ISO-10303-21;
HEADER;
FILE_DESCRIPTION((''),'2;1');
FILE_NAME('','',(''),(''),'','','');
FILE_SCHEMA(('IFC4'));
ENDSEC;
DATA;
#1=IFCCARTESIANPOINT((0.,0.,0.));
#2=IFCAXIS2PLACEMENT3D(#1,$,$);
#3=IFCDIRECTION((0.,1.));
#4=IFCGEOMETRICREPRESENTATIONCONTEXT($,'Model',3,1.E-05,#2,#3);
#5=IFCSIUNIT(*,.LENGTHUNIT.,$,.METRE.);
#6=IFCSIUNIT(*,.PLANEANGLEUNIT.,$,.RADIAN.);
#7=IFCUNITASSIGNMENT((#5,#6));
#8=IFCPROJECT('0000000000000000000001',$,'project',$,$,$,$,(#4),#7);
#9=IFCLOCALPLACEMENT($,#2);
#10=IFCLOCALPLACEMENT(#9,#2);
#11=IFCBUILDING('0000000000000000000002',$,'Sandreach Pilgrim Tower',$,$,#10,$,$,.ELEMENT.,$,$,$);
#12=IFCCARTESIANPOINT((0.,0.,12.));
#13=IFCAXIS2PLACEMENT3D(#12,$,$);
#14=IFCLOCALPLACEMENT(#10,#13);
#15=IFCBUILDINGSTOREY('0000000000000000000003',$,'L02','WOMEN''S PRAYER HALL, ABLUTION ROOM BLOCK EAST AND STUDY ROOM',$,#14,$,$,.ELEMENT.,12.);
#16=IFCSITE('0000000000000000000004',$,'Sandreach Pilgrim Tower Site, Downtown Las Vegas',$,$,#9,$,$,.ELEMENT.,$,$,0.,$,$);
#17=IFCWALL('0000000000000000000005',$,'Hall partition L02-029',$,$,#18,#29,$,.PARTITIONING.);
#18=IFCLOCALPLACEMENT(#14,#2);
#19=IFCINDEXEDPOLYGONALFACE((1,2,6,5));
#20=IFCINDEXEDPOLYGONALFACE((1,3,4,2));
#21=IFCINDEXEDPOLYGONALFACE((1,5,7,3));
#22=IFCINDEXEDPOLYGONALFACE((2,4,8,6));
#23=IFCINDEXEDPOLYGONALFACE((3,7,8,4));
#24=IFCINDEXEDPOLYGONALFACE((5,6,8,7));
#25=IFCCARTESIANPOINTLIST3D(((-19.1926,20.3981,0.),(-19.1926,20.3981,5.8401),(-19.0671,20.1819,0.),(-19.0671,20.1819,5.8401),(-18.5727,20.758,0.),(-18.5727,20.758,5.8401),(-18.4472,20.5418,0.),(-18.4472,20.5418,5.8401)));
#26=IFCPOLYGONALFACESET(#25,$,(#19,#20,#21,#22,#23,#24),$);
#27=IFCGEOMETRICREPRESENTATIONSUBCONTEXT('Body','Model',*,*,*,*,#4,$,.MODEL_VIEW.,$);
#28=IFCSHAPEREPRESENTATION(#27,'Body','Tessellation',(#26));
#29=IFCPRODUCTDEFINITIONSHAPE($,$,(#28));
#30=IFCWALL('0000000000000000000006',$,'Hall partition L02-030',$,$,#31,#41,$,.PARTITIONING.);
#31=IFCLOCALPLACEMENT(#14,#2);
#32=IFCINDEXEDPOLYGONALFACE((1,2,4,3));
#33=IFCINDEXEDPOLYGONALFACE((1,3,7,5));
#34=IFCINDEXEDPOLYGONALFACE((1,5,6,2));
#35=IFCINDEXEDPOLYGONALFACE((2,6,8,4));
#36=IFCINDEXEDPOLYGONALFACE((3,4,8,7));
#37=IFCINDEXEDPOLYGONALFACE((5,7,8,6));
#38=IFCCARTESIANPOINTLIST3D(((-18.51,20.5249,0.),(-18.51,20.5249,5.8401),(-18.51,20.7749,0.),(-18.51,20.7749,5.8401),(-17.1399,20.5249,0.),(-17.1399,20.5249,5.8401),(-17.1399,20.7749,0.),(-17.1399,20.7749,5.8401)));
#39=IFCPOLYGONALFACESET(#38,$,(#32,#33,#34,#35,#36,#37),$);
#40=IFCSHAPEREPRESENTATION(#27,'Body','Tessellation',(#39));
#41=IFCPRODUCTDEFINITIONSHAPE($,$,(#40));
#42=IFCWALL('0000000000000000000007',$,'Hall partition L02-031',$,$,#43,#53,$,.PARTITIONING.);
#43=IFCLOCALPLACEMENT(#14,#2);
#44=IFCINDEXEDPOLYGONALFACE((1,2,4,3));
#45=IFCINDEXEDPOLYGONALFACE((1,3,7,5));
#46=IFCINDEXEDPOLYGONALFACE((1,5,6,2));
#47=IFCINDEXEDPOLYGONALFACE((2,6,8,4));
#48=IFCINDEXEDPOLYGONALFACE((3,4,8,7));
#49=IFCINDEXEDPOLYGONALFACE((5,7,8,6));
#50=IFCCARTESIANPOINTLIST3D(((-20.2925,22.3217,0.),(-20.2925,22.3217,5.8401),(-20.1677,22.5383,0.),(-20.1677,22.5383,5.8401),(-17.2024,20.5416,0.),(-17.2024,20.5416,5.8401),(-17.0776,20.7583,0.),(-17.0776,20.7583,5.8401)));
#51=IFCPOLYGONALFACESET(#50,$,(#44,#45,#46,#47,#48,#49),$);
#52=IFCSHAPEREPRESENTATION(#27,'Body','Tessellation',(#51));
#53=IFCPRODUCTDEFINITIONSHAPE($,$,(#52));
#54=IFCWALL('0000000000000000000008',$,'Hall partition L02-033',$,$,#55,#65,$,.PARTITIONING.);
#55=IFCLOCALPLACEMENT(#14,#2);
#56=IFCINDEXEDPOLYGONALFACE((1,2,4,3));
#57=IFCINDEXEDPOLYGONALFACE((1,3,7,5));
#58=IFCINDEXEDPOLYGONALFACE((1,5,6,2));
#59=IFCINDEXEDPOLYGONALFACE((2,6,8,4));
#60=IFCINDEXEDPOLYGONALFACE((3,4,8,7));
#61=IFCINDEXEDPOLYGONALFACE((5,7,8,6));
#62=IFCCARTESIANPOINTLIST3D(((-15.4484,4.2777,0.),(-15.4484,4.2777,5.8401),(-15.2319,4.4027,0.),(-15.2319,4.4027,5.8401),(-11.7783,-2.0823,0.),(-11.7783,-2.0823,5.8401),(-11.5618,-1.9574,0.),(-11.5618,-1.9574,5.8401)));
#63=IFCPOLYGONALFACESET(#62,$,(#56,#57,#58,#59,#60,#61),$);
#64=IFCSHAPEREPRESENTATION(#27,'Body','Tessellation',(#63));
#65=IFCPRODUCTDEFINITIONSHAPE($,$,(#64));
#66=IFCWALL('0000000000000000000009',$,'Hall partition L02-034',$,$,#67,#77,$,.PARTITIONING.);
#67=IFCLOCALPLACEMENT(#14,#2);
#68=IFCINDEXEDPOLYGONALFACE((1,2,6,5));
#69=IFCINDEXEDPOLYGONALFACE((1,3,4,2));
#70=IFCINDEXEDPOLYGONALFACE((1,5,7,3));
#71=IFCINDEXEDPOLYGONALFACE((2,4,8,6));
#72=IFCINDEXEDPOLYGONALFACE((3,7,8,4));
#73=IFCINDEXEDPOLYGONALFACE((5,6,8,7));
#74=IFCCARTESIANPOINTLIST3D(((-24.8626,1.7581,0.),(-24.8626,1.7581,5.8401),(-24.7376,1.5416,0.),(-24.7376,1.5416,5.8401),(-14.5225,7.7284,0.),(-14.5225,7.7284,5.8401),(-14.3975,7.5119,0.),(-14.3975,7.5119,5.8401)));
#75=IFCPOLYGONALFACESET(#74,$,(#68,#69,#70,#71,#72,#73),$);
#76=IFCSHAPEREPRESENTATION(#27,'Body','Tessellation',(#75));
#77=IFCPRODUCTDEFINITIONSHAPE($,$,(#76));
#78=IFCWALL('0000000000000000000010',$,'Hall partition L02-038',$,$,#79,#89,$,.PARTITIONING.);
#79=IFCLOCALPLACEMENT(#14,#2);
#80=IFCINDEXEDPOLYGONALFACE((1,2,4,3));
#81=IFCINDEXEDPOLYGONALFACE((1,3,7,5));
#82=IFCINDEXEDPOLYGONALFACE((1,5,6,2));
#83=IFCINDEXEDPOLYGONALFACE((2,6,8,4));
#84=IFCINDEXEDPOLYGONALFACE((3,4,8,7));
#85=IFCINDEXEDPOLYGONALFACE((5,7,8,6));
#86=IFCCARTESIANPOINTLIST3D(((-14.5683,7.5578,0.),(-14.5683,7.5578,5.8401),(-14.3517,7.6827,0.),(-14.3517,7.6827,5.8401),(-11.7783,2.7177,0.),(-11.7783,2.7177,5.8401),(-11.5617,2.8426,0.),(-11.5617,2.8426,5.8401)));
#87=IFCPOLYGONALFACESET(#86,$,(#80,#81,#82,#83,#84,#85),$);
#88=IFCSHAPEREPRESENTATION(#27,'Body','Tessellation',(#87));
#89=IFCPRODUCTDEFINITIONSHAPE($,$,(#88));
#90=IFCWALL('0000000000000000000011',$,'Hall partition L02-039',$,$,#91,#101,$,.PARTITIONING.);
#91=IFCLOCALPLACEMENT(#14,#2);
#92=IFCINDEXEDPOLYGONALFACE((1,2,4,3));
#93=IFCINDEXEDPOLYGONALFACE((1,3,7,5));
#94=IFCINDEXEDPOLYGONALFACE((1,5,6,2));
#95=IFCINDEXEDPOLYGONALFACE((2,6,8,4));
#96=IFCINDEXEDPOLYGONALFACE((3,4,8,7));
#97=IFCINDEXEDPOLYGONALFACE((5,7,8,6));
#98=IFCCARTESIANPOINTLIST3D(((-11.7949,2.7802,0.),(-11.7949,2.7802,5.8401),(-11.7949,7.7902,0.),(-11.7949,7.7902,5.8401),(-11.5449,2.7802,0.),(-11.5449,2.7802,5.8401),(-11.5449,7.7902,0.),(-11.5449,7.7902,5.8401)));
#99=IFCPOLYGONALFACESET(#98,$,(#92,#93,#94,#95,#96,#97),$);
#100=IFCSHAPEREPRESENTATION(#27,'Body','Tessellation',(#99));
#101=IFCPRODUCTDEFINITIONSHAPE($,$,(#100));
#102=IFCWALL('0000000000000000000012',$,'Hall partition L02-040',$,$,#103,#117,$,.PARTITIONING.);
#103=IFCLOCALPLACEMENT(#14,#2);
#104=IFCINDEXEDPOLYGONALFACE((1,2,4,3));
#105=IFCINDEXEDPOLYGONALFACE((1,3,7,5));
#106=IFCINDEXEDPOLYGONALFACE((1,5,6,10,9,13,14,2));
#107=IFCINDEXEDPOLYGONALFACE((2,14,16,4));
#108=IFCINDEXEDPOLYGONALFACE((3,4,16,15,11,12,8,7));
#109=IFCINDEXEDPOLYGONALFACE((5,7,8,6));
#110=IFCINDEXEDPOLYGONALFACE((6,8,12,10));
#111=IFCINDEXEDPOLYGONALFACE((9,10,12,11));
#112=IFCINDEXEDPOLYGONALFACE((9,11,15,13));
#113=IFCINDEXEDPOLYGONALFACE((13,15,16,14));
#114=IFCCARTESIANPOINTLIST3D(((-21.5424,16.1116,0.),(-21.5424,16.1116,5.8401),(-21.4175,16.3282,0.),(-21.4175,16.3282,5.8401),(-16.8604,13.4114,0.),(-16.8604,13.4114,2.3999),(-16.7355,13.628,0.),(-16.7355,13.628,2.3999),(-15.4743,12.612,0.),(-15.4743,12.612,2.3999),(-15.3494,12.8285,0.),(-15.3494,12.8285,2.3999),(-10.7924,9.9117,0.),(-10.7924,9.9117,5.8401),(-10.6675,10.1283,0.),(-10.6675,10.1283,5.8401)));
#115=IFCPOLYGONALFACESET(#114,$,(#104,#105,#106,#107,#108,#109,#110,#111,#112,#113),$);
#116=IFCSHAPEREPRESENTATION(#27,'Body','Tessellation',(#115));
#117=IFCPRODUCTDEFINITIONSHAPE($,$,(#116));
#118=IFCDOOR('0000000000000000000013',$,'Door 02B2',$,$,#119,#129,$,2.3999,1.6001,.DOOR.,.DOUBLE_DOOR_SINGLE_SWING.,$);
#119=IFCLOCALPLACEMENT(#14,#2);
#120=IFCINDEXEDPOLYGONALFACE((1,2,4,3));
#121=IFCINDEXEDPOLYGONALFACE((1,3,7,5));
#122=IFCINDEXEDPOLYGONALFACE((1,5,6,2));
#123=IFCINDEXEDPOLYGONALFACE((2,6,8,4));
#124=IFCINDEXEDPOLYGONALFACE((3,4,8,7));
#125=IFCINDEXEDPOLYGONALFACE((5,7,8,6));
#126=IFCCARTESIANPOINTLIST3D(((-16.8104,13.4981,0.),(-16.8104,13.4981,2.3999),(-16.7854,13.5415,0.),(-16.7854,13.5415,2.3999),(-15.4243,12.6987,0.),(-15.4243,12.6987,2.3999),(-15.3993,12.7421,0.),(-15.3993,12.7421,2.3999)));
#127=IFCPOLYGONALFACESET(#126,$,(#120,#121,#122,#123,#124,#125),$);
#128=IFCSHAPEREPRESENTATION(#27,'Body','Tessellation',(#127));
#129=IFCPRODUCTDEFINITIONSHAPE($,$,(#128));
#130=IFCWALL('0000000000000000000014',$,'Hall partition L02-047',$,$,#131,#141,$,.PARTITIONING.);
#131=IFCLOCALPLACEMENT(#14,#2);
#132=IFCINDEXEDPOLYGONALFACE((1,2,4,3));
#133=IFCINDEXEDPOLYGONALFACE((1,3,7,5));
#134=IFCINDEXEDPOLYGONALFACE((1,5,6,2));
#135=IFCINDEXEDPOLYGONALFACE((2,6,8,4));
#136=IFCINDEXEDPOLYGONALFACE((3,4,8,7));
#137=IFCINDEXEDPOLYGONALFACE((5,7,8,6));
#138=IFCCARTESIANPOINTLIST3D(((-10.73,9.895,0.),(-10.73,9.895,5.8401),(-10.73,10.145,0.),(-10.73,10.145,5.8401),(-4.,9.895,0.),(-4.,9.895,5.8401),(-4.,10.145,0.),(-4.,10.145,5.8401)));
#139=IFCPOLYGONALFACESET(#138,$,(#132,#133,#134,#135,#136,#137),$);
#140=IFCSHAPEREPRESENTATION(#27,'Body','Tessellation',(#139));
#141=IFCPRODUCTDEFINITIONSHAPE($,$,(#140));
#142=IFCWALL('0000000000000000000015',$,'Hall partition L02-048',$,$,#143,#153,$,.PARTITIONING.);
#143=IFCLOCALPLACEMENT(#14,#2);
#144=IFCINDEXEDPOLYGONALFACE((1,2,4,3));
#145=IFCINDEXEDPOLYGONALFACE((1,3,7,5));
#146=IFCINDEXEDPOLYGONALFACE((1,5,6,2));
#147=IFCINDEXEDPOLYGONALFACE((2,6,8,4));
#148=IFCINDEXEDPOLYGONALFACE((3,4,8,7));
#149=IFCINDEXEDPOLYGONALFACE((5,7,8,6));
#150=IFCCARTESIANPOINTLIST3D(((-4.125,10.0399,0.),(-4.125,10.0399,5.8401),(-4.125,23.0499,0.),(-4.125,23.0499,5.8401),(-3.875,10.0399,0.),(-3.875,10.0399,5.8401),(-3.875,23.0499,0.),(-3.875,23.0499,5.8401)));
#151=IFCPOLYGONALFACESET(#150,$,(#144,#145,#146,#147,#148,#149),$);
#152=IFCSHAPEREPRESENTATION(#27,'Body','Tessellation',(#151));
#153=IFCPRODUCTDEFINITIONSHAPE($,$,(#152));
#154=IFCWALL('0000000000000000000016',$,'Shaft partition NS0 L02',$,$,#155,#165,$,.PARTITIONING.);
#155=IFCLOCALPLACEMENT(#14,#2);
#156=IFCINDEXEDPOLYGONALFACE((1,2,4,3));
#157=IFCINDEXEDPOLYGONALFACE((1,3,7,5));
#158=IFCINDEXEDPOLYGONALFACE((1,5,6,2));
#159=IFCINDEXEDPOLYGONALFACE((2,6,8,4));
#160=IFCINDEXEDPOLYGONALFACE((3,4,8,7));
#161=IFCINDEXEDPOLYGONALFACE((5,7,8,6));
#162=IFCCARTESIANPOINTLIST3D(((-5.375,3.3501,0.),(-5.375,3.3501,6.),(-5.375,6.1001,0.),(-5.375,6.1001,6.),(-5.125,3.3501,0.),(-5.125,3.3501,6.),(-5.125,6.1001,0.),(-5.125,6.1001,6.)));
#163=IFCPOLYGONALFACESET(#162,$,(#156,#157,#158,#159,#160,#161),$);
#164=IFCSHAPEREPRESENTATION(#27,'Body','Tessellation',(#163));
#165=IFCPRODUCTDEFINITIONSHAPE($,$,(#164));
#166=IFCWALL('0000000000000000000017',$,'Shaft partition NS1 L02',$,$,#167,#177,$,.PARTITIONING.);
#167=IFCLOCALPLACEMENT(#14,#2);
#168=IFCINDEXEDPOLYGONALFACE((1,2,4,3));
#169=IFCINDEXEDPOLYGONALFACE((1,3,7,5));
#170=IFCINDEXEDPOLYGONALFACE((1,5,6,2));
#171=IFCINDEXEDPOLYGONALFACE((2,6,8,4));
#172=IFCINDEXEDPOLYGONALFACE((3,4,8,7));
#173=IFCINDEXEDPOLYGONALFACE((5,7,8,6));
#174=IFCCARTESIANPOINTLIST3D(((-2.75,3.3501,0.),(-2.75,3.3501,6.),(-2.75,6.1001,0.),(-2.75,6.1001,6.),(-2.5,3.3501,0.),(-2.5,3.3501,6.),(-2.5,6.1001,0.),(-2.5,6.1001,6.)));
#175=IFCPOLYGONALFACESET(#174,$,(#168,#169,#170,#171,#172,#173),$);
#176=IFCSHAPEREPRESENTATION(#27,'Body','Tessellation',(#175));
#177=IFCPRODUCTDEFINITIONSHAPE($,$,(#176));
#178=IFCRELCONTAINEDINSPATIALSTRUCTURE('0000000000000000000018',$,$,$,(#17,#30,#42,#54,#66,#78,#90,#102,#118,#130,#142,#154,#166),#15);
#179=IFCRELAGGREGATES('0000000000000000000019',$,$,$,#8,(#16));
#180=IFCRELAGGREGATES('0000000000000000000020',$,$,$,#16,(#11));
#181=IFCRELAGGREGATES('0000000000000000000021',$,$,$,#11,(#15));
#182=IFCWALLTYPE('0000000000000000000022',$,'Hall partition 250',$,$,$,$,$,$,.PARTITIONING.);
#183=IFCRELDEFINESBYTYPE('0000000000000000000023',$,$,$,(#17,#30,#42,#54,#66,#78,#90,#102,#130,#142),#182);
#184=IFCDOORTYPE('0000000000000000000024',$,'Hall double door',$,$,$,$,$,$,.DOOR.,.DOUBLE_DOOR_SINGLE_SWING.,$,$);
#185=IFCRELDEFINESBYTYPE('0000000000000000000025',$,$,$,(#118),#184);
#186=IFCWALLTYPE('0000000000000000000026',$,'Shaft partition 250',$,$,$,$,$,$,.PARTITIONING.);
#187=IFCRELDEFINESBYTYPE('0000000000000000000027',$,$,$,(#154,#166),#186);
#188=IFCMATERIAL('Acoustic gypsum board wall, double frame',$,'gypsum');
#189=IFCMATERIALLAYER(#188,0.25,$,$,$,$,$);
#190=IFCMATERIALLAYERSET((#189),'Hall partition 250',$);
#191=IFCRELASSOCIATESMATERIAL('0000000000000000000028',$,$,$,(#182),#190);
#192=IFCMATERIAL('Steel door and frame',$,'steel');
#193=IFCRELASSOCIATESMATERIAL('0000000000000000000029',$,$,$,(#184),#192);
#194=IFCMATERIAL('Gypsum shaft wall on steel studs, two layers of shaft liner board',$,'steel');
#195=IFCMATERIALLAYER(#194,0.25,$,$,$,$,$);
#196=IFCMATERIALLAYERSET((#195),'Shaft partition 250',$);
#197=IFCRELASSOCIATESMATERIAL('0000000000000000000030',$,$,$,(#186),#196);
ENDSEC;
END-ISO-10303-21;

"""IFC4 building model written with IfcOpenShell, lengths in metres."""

from ifc_helpers import new_model, si_unit, direction, frame, frame_2d, origin, place, context, subcontext, project, spatial, rectangle, extrude, material, layer, layer_set, type_object, element, fill, save


model = new_model("IFC4")

# Units and contexts
model_context = context("Model", 3, precision=1e-05, world=origin(), true_north=direction((0.0, 1.0)))
body_context = subcontext(model_context, "Body", "Model", "MODEL_VIEW")
ifc_project = project(units=[si_unit("LENGTHUNIT", "METRE"), si_unit("PLANEANGLEUNIT", "RADIAN")], contexts=[model_context])

# Site, building, storey
site_placement = place(None, origin())
site = spatial("IfcSite", under=ifc_project, at=site_placement, Name="Sandreach Pilgrim Tower Site, Downtown Las Vegas", CompositionType="ELEMENT", RefElevation=0.0)
building_placement = place(site_placement, origin())
building = spatial("IfcBuilding", under=site, at=building_placement, Name="Sandreach Pilgrim Tower", CompositionType="ELEMENT")
storey_placement = place(building_placement, frame((0.0, 0.0, 12.0)))
storey = spatial("IfcBuildingStorey", under=building, at=storey_placement, Name="L02", Description="WOMEN'S PRAYER HALL, ABLUTION ROOM BLOCK EAST AND STUDY ROOM", CompositionType="ELEMENT", Elevation=12.0)

# Walls
ifc_material_1 = material(Name="Acoustic gypsum board wall, double frame", Category="gypsum")
ifc_layer_1 = layer(ifc_material_1, 0.25)
ifc_layer_set_1 = layer_set([ifc_layer_1], Name="Hall partition 250")
wall_type_1 = type_object("IfcWallType", Name="Hall partition 250", PredefinedType="PARTITIONING", material=ifc_layer_set_1)
wall_1_placement = place(storey_placement, frame((-19.1299, 20.29, 0.0), z_axis=(0.0, 0.0, 1.0), x_axis=(0.864827, 0.50207, 0.0)))
element("IfcWall", 1, at=wall_1_placement, inside=storey, type_object=wall_type_1, Name="Hall partition L02-029", PredefinedType="PARTITIONING", context=body_context, shape_type="SweptSolid", body=[
    extrude(rectangle(XDim=0.7168, YDim=0.25, at=frame_2d((0.3584, 0.0))), origin(), (0.0, 0.0, 1.0), 5.8401),
])
wall_2_placement = place(storey_placement, frame((-18.51, 20.6499, 0.0), z_axis=(0.0, 0.0, 1.0), x_axis=(1.0, 0.0, 0.0)))
element("IfcWall", 2, at=wall_2_placement, inside=storey, type_object=wall_type_1, Name="Hall partition L02-030", PredefinedType="PARTITIONING", context=body_context, shape_type="SweptSolid", body=[
    extrude(rectangle(XDim=1.3701, YDim=0.25, at=frame_2d((0.6851, 0.0))), origin(), (0.0, 0.0, 1.0), 5.8401),
])
wall_3_placement = place(storey_placement, frame((-17.1399, 20.6499, 0.0), z_axis=(0.0, 0.0, 1.0), x_axis=(-0.866515, 0.499151, 0.0)))
element("IfcWall", 3, at=wall_3_placement, inside=storey, type_object=wall_type_1, Name="Hall partition L02-031", PredefinedType="PARTITIONING", context=body_context, shape_type="SweptSolid", body=[
    extrude(rectangle(XDim=3.5662, YDim=0.25, at=frame_2d((1.7832, 0.0))), origin(), (0.0, 0.0, 1.0), 5.8401),
])
wall_4_placement = place(storey_placement, frame((-15.3401, 4.3401, 0.0), z_axis=(0.0, 0.0, 1.0), x_axis=(0.499812, -0.866134, 0.0)))
element("IfcWall", 4, at=wall_4_placement, inside=storey, type_object=wall_type_1, Name="Hall partition L02-033", PredefinedType="PARTITIONING", context=body_context, shape_type="SweptSolid", body=[
    extrude(rectangle(XDim=7.343, YDim=0.25, at=frame_2d((3.6714, 0.0))), origin(), (0.0, 0.0, 1.0), 5.8401),
])
wall_5_placement = place(storey_placement, frame((-14.46, 7.6201, 0.0), z_axis=(0.0, 0.0, 1.0), x_axis=(-0.866012, -0.500023, 0.0)))
element("IfcWall", 5, at=wall_5_placement, inside=storey, type_object=wall_type_1, Name="Hall partition L02-034", PredefinedType="PARTITIONING", context=body_context, shape_type="SweptSolid", body=[
    extrude(rectangle(XDim=11.9399, YDim=0.25, at=frame_2d((5.97, 0.0))), origin(), (0.0, 0.0, 1.0), 5.8401),
])
wall_6_placement = place(storey_placement, frame((-11.6699, 2.78, 0.0), z_axis=(0.0, 0.0, 1.0), x_axis=(-0.499411, 0.866365, 0.0)))
element("IfcWall", 6, at=wall_6_placement, inside=storey, type_object=wall_type_1, Name="Hall partition L02-038", PredefinedType="PARTITIONING", context=body_context, shape_type="SweptSolid", body=[
    extrude(rectangle(XDim=5.5867, YDim=0.25, at=frame_2d((2.7935, 0.0))), origin(), (0.0, 0.0, 1.0), 5.8401),
])
wall_7_placement = place(storey_placement, frame((-11.6699, 7.79, 0.0), z_axis=(0.0, 0.0, 1.0), x_axis=(0.0, -1.0, 0.0)))
element("IfcWall", 7, at=wall_7_placement, inside=storey, type_object=wall_type_1, Name="Hall partition L02-039", PredefinedType="PARTITIONING", context=body_context, shape_type="SweptSolid", body=[
    extrude(rectangle(XDim=5.01, YDim=0.25, at=frame_2d((2.5049, 0.0))), origin(), (0.0, 0.0, 1.0), 5.8401),
])

# Wall, opening, door
wall_8_placement = place(storey_placement, frame((-10.73, 10.02, 0.0), z_axis=(0.0, 0.0, 1.0), x_axis=(-0.866254, 0.499603, 0.0)))
wall_8 = element("IfcWall", 8, at=wall_8_placement, inside=storey, type_object=wall_type_1, Name="Hall partition L02-040", PredefinedType="PARTITIONING", context=body_context, shape_type="SweptSolid", body=[
    extrude(rectangle(XDim=12.4097, YDim=0.25, at=frame_2d((6.2048, 0.0))), origin(), (0.0, 0.0, 1.0), 5.8401),
])
opening_1_placement = place(wall_8_placement, frame((5.4048, 0.0, 0.0)))
opening_1 = element("IfcOpeningElement", 9, at=opening_1_placement, cuts=wall_8, PredefinedType="OPENING", context=body_context, shape_type="SweptSolid", body=[
    extrude(rectangle(XDim=1.6001, YDim=2.3999, at=frame_2d((0.8, 1.2))), frame((0.0, 0.125, 0.0), z_axis=(0.0, -1.0, 0.0), x_axis=(1.0, 0.0, 0.0)), (0.0, 0.0, 1.0), 0.25),
])
ifc_material_2 = material(Name="Steel door and frame", Category="steel")
door_type_1 = type_object("IfcDoorType", Name="Hall double door", OperationType="DOUBLE_DOOR_SINGLE_SWING", PredefinedType="DOOR", material=ifc_material_2)
door_1_placement = place(opening_1_placement, origin())
door_1 = element("IfcDoor", 10, at=door_1_placement, inside=storey, type_object=door_type_1, Name="Door 02B2", OperationType="DOUBLE_DOOR_SINGLE_SWING", OverallHeight=2.3999, OverallWidth=1.6001, PredefinedType="DOOR", context=body_context, shape_type="SweptSolid", body=[
    extrude(rectangle(XDim=1.6001, YDim=2.3999, at=frame_2d((0.8, 1.2))), frame((0.0, 0.0249, 0.0), z_axis=(0.0, -1.0, 0.0), x_axis=(1.0, 0.0, 0.0)), (0.0, 0.0, 1.0), 0.05),
])
fill(opening_1, door_1)

# Walls
wall_9_placement = place(storey_placement, frame((-4.0, 10.02, 0.0), z_axis=(0.0, 0.0, 1.0), x_axis=(-1.0, 0.0, 0.0)))
element("IfcWall", 11, at=wall_9_placement, inside=storey, type_object=wall_type_1, Name="Hall partition L02-047", PredefinedType="PARTITIONING", context=body_context, shape_type="SweptSolid", body=[
    extrude(rectangle(XDim=6.73, YDim=0.25, at=frame_2d((3.365, 0.0))), origin(), (0.0, 0.0, 1.0), 5.8401),
])
wall_10_placement = place(storey_placement, frame((-4.0, 10.04, 0.0), z_axis=(0.0, 0.0, 1.0), x_axis=(0.0, 1.0, 0.0)))
element("IfcWall", 12, at=wall_10_placement, inside=storey, type_object=wall_type_1, Name="Hall partition L02-048", PredefinedType="PARTITIONING", context=body_context, shape_type="SweptSolid", body=[
    extrude(rectangle(XDim=13.01, YDim=0.25, at=frame_2d((6.5049, 0.0))), origin(), (0.0, 0.0, 1.0), 5.8401),
])
ifc_material_3 = material(Name="Gypsum shaft wall on steel studs, two layers of shaft liner board", Category="steel")
ifc_layer_2 = layer(ifc_material_3, 0.25)
ifc_layer_set_2 = layer_set([ifc_layer_2], Name="Shaft partition 250")
wall_type_2 = type_object("IfcWallType", Name="Shaft partition 250", PredefinedType="PARTITIONING", material=ifc_layer_set_2)
for number, where, z_axis, x_axis, name in (
    (13, (-5.25, 3.3501, 0.0), (0.0, 0.0, 1.0), (0.0, 1.0, 0.0), "Shaft partition NS0 L02"),
    (14, (-2.625, 3.3501, 0.0), (0.0, 0.0, 1.0), (0.0, 1.0, 0.0), "Shaft partition NS1 L02"),
):
    element("IfcWall", number, at=place(storey_placement, frame(where, z_axis=z_axis, x_axis=x_axis)), inside=storey, type_object=wall_type_2, Name=name, PredefinedType="PARTITIONING", context=body_context, shape_type="SweptSolid", body=[
        extrude(rectangle(XDim=2.75, YDim=0.25, at=frame_2d((1.375, 0.0))), origin(), (0.0, 0.0, 1.0), 6.0),
    ])

save(model, "model.ifc")
